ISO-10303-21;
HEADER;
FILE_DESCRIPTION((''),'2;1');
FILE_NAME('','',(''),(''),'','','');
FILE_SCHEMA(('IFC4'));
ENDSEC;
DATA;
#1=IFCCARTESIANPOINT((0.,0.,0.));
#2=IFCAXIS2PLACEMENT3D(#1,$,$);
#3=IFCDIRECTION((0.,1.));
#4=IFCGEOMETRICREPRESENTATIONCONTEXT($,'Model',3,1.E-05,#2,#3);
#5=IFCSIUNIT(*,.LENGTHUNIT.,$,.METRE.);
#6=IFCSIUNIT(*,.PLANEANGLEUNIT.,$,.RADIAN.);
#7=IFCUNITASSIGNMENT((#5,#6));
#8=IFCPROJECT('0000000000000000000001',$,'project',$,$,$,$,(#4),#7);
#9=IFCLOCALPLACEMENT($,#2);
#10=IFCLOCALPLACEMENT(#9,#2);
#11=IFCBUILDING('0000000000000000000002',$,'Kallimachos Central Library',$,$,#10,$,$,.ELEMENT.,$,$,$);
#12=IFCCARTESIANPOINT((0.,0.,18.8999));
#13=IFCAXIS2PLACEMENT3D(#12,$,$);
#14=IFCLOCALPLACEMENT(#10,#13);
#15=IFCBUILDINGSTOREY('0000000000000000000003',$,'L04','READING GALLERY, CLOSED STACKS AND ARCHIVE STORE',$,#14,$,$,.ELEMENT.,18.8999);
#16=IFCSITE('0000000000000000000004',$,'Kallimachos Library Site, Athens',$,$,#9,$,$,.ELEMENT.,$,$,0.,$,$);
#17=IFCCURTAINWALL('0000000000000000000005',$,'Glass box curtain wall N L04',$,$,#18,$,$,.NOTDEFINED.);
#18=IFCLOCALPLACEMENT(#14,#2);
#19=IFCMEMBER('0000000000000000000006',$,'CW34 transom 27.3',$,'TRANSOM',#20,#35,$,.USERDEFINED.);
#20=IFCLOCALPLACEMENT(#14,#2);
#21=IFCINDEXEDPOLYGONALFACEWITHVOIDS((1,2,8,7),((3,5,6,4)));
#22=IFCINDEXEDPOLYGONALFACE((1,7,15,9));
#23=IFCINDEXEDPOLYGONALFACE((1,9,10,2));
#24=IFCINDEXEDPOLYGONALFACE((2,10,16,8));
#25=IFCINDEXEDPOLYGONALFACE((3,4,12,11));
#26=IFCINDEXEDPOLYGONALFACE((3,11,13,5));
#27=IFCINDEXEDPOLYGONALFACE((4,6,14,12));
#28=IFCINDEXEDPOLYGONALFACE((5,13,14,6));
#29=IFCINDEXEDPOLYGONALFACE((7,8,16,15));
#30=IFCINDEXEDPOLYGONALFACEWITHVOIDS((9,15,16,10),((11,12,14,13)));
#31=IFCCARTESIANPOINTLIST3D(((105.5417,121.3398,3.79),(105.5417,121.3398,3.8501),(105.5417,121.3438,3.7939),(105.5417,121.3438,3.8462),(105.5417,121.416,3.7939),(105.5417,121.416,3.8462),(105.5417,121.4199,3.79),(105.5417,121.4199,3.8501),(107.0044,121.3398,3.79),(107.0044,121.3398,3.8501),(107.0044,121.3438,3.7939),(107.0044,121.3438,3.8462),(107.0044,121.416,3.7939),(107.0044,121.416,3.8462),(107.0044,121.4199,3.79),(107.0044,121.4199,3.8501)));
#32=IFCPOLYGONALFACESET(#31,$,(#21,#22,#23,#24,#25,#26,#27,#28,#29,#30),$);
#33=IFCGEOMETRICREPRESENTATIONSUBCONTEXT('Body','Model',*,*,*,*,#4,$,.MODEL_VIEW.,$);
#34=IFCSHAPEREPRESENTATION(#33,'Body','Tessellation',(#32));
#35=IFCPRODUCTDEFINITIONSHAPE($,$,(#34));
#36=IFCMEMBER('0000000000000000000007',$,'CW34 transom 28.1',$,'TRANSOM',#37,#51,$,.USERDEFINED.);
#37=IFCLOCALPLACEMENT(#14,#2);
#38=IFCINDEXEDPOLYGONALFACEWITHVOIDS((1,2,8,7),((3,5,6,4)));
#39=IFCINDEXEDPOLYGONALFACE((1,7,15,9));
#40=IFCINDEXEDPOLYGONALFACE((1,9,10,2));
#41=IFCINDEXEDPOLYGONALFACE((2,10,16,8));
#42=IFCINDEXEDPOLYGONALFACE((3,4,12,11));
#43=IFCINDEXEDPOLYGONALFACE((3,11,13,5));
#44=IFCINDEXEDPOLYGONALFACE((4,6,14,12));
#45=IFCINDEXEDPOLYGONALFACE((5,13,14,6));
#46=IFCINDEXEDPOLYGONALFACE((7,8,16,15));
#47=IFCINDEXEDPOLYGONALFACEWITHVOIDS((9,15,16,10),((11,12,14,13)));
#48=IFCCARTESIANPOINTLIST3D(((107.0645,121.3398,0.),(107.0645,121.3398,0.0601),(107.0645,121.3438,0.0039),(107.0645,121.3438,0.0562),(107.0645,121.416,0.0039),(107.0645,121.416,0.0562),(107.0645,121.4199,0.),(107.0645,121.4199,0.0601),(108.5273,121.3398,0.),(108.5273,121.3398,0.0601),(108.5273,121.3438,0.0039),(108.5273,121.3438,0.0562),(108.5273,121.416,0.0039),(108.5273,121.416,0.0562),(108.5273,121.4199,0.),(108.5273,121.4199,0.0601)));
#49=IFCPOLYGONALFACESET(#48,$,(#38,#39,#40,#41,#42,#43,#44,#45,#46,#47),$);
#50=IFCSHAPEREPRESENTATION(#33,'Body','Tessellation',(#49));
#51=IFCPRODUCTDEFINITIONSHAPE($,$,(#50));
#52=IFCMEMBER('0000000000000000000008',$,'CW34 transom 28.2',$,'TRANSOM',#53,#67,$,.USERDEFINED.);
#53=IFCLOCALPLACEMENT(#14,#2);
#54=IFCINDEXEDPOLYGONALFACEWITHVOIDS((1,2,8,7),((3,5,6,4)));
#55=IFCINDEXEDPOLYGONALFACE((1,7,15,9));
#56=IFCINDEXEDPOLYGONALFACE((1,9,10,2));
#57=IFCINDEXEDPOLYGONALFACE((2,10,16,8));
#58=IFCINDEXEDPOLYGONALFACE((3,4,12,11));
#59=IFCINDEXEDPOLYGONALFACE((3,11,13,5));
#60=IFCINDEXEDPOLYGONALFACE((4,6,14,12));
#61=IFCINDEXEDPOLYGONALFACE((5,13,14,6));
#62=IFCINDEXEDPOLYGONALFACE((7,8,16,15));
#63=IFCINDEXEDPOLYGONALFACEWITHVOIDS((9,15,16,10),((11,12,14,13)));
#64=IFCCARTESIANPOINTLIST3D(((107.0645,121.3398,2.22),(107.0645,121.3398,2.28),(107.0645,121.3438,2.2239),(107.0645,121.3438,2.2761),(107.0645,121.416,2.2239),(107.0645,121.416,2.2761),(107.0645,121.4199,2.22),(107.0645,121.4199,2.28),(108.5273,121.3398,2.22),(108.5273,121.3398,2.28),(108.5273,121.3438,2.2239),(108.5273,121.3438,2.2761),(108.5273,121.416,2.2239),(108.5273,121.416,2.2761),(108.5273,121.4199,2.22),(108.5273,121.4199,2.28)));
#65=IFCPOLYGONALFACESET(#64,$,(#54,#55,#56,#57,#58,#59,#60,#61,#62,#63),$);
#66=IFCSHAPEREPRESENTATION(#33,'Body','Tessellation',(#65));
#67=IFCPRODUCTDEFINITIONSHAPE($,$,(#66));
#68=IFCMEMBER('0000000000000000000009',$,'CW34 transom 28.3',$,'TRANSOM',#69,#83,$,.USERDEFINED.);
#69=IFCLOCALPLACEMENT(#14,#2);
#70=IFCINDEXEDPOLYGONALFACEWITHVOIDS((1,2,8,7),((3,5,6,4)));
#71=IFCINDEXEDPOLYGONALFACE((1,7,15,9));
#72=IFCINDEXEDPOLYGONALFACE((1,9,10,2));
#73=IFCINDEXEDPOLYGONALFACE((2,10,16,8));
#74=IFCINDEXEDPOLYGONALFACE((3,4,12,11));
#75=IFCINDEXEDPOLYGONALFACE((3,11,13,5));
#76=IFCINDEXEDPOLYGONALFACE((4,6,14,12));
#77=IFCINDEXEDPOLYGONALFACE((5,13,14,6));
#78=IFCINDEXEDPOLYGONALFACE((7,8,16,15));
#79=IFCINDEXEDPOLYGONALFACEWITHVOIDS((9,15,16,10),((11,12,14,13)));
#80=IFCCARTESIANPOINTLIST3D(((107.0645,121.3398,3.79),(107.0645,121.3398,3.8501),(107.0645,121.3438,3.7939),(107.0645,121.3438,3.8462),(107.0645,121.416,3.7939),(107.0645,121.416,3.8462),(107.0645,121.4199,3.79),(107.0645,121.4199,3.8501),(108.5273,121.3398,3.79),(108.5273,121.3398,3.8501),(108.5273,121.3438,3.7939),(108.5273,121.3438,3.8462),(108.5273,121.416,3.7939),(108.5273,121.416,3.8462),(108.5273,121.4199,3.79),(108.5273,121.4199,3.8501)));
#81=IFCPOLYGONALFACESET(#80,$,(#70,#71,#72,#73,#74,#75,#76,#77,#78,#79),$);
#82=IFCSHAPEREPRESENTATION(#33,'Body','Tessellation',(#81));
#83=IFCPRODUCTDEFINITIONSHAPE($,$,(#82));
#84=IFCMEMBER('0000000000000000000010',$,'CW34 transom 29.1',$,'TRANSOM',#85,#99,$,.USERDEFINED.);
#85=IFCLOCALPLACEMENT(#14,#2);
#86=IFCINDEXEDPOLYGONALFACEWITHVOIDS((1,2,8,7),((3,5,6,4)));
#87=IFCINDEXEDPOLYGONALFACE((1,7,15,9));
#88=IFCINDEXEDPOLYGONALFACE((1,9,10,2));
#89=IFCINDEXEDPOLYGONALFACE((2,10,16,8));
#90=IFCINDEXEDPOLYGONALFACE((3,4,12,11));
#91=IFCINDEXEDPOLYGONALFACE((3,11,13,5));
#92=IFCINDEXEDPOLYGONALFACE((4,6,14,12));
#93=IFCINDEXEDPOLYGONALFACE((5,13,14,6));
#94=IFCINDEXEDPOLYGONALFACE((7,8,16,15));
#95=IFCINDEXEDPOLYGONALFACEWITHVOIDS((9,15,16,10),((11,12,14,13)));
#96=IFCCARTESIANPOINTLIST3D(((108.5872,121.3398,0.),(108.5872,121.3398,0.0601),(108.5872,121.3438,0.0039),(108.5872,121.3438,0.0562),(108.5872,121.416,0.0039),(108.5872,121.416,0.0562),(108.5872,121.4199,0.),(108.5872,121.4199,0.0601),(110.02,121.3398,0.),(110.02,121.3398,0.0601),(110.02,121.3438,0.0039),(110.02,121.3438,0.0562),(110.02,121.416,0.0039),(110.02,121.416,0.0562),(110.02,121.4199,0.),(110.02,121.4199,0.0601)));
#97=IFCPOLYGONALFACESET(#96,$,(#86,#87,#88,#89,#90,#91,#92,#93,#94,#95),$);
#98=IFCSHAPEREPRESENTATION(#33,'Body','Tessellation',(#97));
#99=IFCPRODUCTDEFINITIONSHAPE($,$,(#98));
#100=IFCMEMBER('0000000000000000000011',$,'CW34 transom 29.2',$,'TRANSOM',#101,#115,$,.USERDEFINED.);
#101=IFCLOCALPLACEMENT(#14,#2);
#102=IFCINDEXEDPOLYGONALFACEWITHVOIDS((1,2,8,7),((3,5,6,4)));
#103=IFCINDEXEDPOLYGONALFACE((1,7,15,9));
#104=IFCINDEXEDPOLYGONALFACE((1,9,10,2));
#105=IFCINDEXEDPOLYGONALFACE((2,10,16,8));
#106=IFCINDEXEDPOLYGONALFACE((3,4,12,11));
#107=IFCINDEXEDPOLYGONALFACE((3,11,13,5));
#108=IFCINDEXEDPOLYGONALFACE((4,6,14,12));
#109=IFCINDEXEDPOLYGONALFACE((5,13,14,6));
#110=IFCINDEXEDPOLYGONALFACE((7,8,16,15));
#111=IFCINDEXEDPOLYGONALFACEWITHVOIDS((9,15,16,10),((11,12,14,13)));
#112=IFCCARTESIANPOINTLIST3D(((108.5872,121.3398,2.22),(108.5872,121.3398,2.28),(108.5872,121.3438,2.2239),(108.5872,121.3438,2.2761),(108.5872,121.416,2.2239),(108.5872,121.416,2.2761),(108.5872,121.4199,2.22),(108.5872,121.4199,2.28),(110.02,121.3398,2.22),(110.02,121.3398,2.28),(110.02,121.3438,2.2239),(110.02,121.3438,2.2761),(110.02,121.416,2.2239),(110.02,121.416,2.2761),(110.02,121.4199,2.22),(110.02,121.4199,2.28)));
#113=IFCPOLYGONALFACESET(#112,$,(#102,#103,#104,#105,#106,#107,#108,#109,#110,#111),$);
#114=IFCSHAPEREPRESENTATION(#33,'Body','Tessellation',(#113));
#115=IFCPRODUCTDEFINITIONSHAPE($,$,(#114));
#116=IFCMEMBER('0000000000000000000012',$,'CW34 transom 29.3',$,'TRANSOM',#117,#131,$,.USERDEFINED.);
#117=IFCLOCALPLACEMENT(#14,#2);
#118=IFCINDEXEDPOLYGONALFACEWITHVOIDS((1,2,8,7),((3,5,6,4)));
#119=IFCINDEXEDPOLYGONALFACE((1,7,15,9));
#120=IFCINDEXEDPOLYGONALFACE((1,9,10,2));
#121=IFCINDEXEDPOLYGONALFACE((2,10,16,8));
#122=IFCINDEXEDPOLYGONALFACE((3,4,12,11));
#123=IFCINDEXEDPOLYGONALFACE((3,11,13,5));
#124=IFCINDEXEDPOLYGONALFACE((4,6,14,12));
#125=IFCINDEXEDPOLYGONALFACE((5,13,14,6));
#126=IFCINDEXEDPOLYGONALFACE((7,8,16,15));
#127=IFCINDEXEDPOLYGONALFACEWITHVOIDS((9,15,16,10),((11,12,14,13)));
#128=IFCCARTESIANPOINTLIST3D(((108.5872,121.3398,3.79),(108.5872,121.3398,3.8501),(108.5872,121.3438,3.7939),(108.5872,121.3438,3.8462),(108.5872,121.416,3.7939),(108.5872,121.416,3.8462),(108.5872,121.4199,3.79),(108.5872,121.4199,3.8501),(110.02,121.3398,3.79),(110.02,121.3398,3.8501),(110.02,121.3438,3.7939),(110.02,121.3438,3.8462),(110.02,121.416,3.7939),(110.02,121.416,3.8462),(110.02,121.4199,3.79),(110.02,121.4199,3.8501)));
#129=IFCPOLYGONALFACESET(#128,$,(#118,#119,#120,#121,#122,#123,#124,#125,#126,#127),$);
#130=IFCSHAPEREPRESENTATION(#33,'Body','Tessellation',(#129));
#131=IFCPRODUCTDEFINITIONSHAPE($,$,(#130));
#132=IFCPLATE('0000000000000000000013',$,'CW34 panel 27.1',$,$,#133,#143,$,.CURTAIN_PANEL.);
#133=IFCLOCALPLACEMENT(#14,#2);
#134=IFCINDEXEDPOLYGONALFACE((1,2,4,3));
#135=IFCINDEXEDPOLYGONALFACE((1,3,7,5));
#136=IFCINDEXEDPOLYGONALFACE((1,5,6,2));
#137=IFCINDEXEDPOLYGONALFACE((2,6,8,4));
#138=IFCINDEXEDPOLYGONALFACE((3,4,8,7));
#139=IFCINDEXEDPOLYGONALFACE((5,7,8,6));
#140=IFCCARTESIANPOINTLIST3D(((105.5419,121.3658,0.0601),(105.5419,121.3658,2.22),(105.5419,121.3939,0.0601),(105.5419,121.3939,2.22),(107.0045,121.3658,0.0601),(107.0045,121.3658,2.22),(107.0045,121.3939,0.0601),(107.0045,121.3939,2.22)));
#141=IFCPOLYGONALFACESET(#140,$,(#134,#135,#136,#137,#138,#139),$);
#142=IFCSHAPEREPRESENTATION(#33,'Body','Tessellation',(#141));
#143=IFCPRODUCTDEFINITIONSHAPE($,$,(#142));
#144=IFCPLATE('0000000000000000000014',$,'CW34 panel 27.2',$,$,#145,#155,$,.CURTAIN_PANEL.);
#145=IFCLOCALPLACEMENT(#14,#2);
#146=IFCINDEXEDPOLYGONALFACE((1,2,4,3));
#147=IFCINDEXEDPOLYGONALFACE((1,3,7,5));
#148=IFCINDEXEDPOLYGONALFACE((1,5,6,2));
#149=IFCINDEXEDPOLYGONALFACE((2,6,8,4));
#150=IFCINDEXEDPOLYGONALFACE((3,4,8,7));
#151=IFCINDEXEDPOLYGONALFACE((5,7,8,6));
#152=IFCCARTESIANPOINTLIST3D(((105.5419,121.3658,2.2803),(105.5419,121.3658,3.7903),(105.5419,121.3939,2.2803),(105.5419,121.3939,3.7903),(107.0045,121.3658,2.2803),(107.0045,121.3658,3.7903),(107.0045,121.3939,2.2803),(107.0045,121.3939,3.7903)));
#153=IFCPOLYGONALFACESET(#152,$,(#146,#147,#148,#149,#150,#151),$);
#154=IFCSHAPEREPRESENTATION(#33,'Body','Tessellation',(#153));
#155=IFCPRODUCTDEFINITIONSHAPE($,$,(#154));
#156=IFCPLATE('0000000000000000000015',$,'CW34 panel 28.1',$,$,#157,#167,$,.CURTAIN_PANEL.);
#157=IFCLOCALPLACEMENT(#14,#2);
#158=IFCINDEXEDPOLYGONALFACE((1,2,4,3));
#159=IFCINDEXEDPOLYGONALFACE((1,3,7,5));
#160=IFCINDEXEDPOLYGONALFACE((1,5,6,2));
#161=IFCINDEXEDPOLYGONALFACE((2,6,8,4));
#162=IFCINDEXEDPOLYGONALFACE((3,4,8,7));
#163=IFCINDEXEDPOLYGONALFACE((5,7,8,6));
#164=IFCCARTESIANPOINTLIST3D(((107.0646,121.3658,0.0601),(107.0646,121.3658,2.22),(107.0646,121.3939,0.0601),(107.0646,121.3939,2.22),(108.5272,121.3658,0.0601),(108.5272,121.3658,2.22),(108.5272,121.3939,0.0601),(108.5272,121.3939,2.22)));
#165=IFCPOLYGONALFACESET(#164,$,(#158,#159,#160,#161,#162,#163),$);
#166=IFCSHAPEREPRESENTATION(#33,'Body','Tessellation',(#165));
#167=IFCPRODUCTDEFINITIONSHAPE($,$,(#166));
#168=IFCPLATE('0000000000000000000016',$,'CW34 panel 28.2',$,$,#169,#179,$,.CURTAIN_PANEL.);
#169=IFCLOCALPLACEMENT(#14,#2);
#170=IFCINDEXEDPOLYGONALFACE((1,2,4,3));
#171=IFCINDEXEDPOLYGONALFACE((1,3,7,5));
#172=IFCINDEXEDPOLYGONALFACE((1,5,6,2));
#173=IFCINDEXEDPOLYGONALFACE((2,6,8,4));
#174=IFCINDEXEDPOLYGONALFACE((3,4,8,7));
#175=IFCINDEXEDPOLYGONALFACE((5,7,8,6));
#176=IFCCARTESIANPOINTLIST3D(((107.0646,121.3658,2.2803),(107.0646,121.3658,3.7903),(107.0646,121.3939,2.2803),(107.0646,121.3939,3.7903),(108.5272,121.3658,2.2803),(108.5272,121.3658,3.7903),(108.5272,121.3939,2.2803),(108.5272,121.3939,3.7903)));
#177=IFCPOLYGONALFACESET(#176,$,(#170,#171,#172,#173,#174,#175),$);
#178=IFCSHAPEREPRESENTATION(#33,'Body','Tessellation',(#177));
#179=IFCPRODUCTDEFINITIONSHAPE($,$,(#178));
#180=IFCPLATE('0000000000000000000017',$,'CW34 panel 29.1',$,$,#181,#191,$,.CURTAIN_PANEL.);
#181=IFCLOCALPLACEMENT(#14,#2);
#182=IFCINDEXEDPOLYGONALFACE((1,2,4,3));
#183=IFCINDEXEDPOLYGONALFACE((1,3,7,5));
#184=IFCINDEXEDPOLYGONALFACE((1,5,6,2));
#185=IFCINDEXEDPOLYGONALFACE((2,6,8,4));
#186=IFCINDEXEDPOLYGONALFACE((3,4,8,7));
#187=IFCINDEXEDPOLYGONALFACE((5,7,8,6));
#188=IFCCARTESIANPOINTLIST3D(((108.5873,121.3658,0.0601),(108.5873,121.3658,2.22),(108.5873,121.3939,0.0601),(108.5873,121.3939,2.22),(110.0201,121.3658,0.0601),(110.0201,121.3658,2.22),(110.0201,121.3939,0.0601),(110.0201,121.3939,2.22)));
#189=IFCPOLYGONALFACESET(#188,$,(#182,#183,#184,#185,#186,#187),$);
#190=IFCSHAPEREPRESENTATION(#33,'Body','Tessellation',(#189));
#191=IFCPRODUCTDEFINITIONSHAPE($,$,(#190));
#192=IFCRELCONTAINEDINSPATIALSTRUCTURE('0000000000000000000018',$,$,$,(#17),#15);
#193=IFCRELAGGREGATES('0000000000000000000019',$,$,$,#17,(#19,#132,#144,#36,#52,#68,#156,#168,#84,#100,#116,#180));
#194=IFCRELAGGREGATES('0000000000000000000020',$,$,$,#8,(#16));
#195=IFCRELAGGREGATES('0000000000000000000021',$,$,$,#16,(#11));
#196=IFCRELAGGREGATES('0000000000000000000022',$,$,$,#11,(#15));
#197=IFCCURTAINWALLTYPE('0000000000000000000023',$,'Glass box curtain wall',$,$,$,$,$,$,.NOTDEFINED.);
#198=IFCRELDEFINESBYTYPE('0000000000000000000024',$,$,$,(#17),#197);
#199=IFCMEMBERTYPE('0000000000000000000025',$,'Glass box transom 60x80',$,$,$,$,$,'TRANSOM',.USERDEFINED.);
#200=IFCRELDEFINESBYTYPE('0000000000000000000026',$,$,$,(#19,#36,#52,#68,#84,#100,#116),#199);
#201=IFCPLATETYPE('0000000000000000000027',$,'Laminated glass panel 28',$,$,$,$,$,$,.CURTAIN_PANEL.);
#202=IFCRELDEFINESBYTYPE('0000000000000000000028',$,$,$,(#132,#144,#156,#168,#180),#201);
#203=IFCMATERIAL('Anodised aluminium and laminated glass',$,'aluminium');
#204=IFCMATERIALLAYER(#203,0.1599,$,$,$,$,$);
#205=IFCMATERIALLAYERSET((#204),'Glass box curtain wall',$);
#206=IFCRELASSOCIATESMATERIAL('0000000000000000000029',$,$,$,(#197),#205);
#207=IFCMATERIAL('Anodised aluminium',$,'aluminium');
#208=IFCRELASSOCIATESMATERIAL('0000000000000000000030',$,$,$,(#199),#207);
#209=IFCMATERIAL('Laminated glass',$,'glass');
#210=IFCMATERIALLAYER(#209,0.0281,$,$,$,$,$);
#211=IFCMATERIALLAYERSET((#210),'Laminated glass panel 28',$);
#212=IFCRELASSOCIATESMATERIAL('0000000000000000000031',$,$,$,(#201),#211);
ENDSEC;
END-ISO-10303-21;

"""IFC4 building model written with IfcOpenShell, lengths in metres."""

from ifc_helpers import new_model, si_unit, direction, frame, origin, origin_2d, place, context, subcontext, project, spatial, rectangle, hollow_rectangle, extrude, material, layer, layer_set, material_profile, profile_set, type_object, element, aggregate, save


model = new_model("IFC4")

# Units and contexts
model_context = context("Model", 3, precision=1e-05, world=origin(), true_north=direction((0.0, 1.0)))
body_context = subcontext(model_context, "Body", "Model", "MODEL_VIEW")
ifc_project = project(units=[si_unit("LENGTHUNIT", "METRE"), si_unit("PLANEANGLEUNIT", "RADIAN")], contexts=[model_context])

# Site, building, storey
site_placement = place(None, origin())
site = spatial("IfcSite", under=ifc_project, at=site_placement, Name="Kallimachos Library Site, Athens", CompositionType="ELEMENT", RefElevation=0.0)
building_placement = place(site_placement, origin())
building = spatial("IfcBuilding", under=site, at=building_placement, Name="Kallimachos Central Library", CompositionType="ELEMENT")
storey_placement = place(building_placement, frame((0.0, 0.0, 18.8999)))
storey = spatial("IfcBuildingStorey", under=building, at=storey_placement, Name="L04", Description="READING GALLERY, CLOSED STACKS AND ARCHIVE STORE", CompositionType="ELEMENT", Elevation=18.8999)

# Shared definitions
ifc_material_1 = material(Name="Anodised aluminium and laminated glass", Category="aluminium")
ifc_layer_1 = layer(ifc_material_1, 0.1599)
ifc_layer_set_1 = layer_set([ifc_layer_1], Name="Glass box curtain wall")
curtain_wall_type = type_object("IfcCurtainWallType", Name="Glass box curtain wall", PredefinedType="NOTDEFINED", material=ifc_layer_set_1)

# Curtain wall, members, plates
curtain_wall_1_placement = place(storey_placement, origin())
curtain_wall_1 = element("IfcCurtainWall", 1, at=curtain_wall_1_placement, inside=storey, type_object=curtain_wall_type, Name="Glass box curtain wall N L04", PredefinedType="NOTDEFINED")
ifc_material_2 = material(Name="Anodised aluminium", Category="aluminium")
ifc_material_profile_1 = material_profile(ifc_material_2, hollow_rectangle(XDim=0.0601, YDim=0.0801, WallThickness=0.0039, at=origin_2d()), Name="ALU TRANSOM 60x80")
ifc_profile_set_1 = profile_set([ifc_material_profile_1], Name="Anodised aluminium")
member_type_1 = type_object("IfcMemberType", Name="Glass box transom 60x80", ElementType="TRANSOM", PredefinedType="USERDEFINED", material=ifc_profile_set_1)
member_1_placement = place(storey_placement, frame((105.5417, 121.3799, 3.8201), z_axis=(1.0, 0.0, 0.0), x_axis=(0.0, 0.0, 1.0)))
member_1 = element("IfcMember", 2, at=member_1_placement, type_object=member_type_1, Name="CW34 transom 27.3", ObjectType="TRANSOM", PredefinedType="USERDEFINED", context=body_context, shape_type="SweptSolid", body=[
    extrude(hollow_rectangle(XDim=0.0601, YDim=0.0801, WallThickness=0.0039, at=origin_2d()), origin(), (0.0, 0.0, 1.0), 1.4626),
])
member_2_placement = place(storey_placement, frame((107.0645, 121.3799, 0.03), z_axis=(1.0, 0.0, 0.0), x_axis=(0.0, 0.0, 1.0)))
member_2 = element("IfcMember", 3, at=member_2_placement, type_object=member_type_1, Name="CW34 transom 28.1", ObjectType="TRANSOM", PredefinedType="USERDEFINED", context=body_context, shape_type="SweptSolid", body=[
    extrude(hollow_rectangle(XDim=0.0601, YDim=0.0801, WallThickness=0.0039, at=origin_2d()), origin(), (0.0, 0.0, 1.0), 1.4629),
])
member_3_placement = place(storey_placement, frame((107.0645, 121.3799, 2.25), z_axis=(1.0, 0.0, 0.0), x_axis=(0.0, 0.0, 1.0)))
member_3 = element("IfcMember", 4, at=member_3_placement, type_object=member_type_1, Name="CW34 transom 28.2", ObjectType="TRANSOM", PredefinedType="USERDEFINED", context=body_context, shape_type="SweptSolid", body=[
    extrude(hollow_rectangle(XDim=0.0601, YDim=0.0801, WallThickness=0.0039, at=origin_2d()), origin(), (0.0, 0.0, 1.0), 1.4629),
])
member_4_placement = place(storey_placement, frame((107.0645, 121.3799, 3.8201), z_axis=(1.0, 0.0, 0.0), x_axis=(0.0, 0.0, 1.0)))
member_4 = element("IfcMember", 5, at=member_4_placement, type_object=member_type_1, Name="CW34 transom 28.3", ObjectType="TRANSOM", PredefinedType="USERDEFINED", context=body_context, shape_type="SweptSolid", body=[
    extrude(hollow_rectangle(XDim=0.0601, YDim=0.0801, WallThickness=0.0039, at=origin_2d()), origin(), (0.0, 0.0, 1.0), 1.4629),
])
member_5_placement = place(storey_placement, frame((108.5872, 121.3799, 0.03), z_axis=(1.0, 0.0, 0.0), x_axis=(0.0, 0.0, 1.0)))
member_5 = element("IfcMember", 6, at=member_5_placement, type_object=member_type_1, Name="CW34 transom 29.1", ObjectType="TRANSOM", PredefinedType="USERDEFINED", context=body_context, shape_type="SweptSolid", body=[
    extrude(hollow_rectangle(XDim=0.0601, YDim=0.0801, WallThickness=0.0039, at=origin_2d()), origin(), (0.0, 0.0, 1.0), 1.4329),
])
member_6_placement = place(storey_placement, frame((108.5872, 121.3799, 2.25), z_axis=(1.0, 0.0, 0.0), x_axis=(0.0, 0.0, 1.0)))
member_6 = element("IfcMember", 7, at=member_6_placement, type_object=member_type_1, Name="CW34 transom 29.2", ObjectType="TRANSOM", PredefinedType="USERDEFINED", context=body_context, shape_type="SweptSolid", body=[
    extrude(hollow_rectangle(XDim=0.0601, YDim=0.0801, WallThickness=0.0039, at=origin_2d()), origin(), (0.0, 0.0, 1.0), 1.4329),
])
member_7_placement = place(storey_placement, frame((108.5872, 121.3799, 3.8201), z_axis=(1.0, 0.0, 0.0), x_axis=(0.0, 0.0, 1.0)))
member_7 = element("IfcMember", 8, at=member_7_placement, type_object=member_type_1, Name="CW34 transom 29.3", ObjectType="TRANSOM", PredefinedType="USERDEFINED", context=body_context, shape_type="SweptSolid", body=[
    extrude(hollow_rectangle(XDim=0.0601, YDim=0.0801, WallThickness=0.0039, at=origin_2d()), origin(), (0.0, 0.0, 1.0), 1.4329),
])
ifc_material_3 = material(Name="Laminated glass", Category="glass")
ifc_layer_2 = layer(ifc_material_3, 0.0281)
ifc_layer_set_2 = layer_set([ifc_layer_2], Name="Laminated glass panel 28")
plate_type = type_object("IfcPlateType", Name="Laminated glass panel 28", PredefinedType="CURTAIN_PANEL", material=ifc_layer_set_2)
plate_1_placement = place(storey_placement, frame((106.2732, 121.3799, 0.0601), z_axis=(0.0, 0.0, 1.0), x_axis=(1.0, 0.0, 0.0)))
plate_1 = element("IfcPlate", 9, at=plate_1_placement, type_object=plate_type, Name="CW34 panel 27.1", PredefinedType="CURTAIN_PANEL", context=body_context, shape_type="SweptSolid", body=[
    extrude(rectangle(XDim=1.4626, YDim=0.0281, at=origin_2d()), origin(), (0.0, 0.0, 1.0), 2.1599),
])
plate_2_placement = place(storey_placement, frame((106.2732, 121.3799, 2.2803), z_axis=(0.0, 0.0, 1.0), x_axis=(1.0, 0.0, 0.0)))
plate_2 = element("IfcPlate", 10, at=plate_2_placement, type_object=plate_type, Name="CW34 panel 27.2", PredefinedType="CURTAIN_PANEL", context=body_context, shape_type="SweptSolid", body=[
    extrude(rectangle(XDim=1.4626, YDim=0.0281, at=origin_2d()), origin(), (0.0, 0.0, 1.0), 1.51),
])
plate_3_placement = place(storey_placement, frame((107.7959, 121.3799, 0.0601), z_axis=(0.0, 0.0, 1.0), x_axis=(1.0, 0.0, 0.0)))
plate_3 = element("IfcPlate", 11, at=plate_3_placement, type_object=plate_type, Name="CW34 panel 28.1", PredefinedType="CURTAIN_PANEL", context=body_context, shape_type="SweptSolid", body=[
    extrude(rectangle(XDim=1.4626, YDim=0.0281, at=origin_2d()), origin(), (0.0, 0.0, 1.0), 2.1599),
])
plate_4_placement = place(storey_placement, frame((107.7959, 121.3799, 2.2803), z_axis=(0.0, 0.0, 1.0), x_axis=(1.0, 0.0, 0.0)))
plate_4 = element("IfcPlate", 12, at=plate_4_placement, type_object=plate_type, Name="CW34 panel 28.2", PredefinedType="CURTAIN_PANEL", context=body_context, shape_type="SweptSolid", body=[
    extrude(rectangle(XDim=1.4626, YDim=0.0281, at=origin_2d()), origin(), (0.0, 0.0, 1.0), 1.51),
])
plate_5_placement = place(storey_placement, frame((109.3037, 121.3799, 0.0601), z_axis=(0.0, 0.0, 1.0), x_axis=(1.0, 0.0, 0.0)))
plate_5 = element("IfcPlate", 13, at=plate_5_placement, type_object=plate_type, Name="CW34 panel 29.1", PredefinedType="CURTAIN_PANEL", context=body_context, shape_type="SweptSolid", body=[
    extrude(rectangle(XDim=1.4329, YDim=0.0281, at=origin_2d()), origin(), (0.0, 0.0, 1.0), 2.1599),
])
aggregate(curtain_wall_1, [member_1, plate_1, plate_2, member_2, member_3, member_4, plate_3, plate_4, member_5, member_6, member_7, plate_5])

save(model, "model.ifc")
